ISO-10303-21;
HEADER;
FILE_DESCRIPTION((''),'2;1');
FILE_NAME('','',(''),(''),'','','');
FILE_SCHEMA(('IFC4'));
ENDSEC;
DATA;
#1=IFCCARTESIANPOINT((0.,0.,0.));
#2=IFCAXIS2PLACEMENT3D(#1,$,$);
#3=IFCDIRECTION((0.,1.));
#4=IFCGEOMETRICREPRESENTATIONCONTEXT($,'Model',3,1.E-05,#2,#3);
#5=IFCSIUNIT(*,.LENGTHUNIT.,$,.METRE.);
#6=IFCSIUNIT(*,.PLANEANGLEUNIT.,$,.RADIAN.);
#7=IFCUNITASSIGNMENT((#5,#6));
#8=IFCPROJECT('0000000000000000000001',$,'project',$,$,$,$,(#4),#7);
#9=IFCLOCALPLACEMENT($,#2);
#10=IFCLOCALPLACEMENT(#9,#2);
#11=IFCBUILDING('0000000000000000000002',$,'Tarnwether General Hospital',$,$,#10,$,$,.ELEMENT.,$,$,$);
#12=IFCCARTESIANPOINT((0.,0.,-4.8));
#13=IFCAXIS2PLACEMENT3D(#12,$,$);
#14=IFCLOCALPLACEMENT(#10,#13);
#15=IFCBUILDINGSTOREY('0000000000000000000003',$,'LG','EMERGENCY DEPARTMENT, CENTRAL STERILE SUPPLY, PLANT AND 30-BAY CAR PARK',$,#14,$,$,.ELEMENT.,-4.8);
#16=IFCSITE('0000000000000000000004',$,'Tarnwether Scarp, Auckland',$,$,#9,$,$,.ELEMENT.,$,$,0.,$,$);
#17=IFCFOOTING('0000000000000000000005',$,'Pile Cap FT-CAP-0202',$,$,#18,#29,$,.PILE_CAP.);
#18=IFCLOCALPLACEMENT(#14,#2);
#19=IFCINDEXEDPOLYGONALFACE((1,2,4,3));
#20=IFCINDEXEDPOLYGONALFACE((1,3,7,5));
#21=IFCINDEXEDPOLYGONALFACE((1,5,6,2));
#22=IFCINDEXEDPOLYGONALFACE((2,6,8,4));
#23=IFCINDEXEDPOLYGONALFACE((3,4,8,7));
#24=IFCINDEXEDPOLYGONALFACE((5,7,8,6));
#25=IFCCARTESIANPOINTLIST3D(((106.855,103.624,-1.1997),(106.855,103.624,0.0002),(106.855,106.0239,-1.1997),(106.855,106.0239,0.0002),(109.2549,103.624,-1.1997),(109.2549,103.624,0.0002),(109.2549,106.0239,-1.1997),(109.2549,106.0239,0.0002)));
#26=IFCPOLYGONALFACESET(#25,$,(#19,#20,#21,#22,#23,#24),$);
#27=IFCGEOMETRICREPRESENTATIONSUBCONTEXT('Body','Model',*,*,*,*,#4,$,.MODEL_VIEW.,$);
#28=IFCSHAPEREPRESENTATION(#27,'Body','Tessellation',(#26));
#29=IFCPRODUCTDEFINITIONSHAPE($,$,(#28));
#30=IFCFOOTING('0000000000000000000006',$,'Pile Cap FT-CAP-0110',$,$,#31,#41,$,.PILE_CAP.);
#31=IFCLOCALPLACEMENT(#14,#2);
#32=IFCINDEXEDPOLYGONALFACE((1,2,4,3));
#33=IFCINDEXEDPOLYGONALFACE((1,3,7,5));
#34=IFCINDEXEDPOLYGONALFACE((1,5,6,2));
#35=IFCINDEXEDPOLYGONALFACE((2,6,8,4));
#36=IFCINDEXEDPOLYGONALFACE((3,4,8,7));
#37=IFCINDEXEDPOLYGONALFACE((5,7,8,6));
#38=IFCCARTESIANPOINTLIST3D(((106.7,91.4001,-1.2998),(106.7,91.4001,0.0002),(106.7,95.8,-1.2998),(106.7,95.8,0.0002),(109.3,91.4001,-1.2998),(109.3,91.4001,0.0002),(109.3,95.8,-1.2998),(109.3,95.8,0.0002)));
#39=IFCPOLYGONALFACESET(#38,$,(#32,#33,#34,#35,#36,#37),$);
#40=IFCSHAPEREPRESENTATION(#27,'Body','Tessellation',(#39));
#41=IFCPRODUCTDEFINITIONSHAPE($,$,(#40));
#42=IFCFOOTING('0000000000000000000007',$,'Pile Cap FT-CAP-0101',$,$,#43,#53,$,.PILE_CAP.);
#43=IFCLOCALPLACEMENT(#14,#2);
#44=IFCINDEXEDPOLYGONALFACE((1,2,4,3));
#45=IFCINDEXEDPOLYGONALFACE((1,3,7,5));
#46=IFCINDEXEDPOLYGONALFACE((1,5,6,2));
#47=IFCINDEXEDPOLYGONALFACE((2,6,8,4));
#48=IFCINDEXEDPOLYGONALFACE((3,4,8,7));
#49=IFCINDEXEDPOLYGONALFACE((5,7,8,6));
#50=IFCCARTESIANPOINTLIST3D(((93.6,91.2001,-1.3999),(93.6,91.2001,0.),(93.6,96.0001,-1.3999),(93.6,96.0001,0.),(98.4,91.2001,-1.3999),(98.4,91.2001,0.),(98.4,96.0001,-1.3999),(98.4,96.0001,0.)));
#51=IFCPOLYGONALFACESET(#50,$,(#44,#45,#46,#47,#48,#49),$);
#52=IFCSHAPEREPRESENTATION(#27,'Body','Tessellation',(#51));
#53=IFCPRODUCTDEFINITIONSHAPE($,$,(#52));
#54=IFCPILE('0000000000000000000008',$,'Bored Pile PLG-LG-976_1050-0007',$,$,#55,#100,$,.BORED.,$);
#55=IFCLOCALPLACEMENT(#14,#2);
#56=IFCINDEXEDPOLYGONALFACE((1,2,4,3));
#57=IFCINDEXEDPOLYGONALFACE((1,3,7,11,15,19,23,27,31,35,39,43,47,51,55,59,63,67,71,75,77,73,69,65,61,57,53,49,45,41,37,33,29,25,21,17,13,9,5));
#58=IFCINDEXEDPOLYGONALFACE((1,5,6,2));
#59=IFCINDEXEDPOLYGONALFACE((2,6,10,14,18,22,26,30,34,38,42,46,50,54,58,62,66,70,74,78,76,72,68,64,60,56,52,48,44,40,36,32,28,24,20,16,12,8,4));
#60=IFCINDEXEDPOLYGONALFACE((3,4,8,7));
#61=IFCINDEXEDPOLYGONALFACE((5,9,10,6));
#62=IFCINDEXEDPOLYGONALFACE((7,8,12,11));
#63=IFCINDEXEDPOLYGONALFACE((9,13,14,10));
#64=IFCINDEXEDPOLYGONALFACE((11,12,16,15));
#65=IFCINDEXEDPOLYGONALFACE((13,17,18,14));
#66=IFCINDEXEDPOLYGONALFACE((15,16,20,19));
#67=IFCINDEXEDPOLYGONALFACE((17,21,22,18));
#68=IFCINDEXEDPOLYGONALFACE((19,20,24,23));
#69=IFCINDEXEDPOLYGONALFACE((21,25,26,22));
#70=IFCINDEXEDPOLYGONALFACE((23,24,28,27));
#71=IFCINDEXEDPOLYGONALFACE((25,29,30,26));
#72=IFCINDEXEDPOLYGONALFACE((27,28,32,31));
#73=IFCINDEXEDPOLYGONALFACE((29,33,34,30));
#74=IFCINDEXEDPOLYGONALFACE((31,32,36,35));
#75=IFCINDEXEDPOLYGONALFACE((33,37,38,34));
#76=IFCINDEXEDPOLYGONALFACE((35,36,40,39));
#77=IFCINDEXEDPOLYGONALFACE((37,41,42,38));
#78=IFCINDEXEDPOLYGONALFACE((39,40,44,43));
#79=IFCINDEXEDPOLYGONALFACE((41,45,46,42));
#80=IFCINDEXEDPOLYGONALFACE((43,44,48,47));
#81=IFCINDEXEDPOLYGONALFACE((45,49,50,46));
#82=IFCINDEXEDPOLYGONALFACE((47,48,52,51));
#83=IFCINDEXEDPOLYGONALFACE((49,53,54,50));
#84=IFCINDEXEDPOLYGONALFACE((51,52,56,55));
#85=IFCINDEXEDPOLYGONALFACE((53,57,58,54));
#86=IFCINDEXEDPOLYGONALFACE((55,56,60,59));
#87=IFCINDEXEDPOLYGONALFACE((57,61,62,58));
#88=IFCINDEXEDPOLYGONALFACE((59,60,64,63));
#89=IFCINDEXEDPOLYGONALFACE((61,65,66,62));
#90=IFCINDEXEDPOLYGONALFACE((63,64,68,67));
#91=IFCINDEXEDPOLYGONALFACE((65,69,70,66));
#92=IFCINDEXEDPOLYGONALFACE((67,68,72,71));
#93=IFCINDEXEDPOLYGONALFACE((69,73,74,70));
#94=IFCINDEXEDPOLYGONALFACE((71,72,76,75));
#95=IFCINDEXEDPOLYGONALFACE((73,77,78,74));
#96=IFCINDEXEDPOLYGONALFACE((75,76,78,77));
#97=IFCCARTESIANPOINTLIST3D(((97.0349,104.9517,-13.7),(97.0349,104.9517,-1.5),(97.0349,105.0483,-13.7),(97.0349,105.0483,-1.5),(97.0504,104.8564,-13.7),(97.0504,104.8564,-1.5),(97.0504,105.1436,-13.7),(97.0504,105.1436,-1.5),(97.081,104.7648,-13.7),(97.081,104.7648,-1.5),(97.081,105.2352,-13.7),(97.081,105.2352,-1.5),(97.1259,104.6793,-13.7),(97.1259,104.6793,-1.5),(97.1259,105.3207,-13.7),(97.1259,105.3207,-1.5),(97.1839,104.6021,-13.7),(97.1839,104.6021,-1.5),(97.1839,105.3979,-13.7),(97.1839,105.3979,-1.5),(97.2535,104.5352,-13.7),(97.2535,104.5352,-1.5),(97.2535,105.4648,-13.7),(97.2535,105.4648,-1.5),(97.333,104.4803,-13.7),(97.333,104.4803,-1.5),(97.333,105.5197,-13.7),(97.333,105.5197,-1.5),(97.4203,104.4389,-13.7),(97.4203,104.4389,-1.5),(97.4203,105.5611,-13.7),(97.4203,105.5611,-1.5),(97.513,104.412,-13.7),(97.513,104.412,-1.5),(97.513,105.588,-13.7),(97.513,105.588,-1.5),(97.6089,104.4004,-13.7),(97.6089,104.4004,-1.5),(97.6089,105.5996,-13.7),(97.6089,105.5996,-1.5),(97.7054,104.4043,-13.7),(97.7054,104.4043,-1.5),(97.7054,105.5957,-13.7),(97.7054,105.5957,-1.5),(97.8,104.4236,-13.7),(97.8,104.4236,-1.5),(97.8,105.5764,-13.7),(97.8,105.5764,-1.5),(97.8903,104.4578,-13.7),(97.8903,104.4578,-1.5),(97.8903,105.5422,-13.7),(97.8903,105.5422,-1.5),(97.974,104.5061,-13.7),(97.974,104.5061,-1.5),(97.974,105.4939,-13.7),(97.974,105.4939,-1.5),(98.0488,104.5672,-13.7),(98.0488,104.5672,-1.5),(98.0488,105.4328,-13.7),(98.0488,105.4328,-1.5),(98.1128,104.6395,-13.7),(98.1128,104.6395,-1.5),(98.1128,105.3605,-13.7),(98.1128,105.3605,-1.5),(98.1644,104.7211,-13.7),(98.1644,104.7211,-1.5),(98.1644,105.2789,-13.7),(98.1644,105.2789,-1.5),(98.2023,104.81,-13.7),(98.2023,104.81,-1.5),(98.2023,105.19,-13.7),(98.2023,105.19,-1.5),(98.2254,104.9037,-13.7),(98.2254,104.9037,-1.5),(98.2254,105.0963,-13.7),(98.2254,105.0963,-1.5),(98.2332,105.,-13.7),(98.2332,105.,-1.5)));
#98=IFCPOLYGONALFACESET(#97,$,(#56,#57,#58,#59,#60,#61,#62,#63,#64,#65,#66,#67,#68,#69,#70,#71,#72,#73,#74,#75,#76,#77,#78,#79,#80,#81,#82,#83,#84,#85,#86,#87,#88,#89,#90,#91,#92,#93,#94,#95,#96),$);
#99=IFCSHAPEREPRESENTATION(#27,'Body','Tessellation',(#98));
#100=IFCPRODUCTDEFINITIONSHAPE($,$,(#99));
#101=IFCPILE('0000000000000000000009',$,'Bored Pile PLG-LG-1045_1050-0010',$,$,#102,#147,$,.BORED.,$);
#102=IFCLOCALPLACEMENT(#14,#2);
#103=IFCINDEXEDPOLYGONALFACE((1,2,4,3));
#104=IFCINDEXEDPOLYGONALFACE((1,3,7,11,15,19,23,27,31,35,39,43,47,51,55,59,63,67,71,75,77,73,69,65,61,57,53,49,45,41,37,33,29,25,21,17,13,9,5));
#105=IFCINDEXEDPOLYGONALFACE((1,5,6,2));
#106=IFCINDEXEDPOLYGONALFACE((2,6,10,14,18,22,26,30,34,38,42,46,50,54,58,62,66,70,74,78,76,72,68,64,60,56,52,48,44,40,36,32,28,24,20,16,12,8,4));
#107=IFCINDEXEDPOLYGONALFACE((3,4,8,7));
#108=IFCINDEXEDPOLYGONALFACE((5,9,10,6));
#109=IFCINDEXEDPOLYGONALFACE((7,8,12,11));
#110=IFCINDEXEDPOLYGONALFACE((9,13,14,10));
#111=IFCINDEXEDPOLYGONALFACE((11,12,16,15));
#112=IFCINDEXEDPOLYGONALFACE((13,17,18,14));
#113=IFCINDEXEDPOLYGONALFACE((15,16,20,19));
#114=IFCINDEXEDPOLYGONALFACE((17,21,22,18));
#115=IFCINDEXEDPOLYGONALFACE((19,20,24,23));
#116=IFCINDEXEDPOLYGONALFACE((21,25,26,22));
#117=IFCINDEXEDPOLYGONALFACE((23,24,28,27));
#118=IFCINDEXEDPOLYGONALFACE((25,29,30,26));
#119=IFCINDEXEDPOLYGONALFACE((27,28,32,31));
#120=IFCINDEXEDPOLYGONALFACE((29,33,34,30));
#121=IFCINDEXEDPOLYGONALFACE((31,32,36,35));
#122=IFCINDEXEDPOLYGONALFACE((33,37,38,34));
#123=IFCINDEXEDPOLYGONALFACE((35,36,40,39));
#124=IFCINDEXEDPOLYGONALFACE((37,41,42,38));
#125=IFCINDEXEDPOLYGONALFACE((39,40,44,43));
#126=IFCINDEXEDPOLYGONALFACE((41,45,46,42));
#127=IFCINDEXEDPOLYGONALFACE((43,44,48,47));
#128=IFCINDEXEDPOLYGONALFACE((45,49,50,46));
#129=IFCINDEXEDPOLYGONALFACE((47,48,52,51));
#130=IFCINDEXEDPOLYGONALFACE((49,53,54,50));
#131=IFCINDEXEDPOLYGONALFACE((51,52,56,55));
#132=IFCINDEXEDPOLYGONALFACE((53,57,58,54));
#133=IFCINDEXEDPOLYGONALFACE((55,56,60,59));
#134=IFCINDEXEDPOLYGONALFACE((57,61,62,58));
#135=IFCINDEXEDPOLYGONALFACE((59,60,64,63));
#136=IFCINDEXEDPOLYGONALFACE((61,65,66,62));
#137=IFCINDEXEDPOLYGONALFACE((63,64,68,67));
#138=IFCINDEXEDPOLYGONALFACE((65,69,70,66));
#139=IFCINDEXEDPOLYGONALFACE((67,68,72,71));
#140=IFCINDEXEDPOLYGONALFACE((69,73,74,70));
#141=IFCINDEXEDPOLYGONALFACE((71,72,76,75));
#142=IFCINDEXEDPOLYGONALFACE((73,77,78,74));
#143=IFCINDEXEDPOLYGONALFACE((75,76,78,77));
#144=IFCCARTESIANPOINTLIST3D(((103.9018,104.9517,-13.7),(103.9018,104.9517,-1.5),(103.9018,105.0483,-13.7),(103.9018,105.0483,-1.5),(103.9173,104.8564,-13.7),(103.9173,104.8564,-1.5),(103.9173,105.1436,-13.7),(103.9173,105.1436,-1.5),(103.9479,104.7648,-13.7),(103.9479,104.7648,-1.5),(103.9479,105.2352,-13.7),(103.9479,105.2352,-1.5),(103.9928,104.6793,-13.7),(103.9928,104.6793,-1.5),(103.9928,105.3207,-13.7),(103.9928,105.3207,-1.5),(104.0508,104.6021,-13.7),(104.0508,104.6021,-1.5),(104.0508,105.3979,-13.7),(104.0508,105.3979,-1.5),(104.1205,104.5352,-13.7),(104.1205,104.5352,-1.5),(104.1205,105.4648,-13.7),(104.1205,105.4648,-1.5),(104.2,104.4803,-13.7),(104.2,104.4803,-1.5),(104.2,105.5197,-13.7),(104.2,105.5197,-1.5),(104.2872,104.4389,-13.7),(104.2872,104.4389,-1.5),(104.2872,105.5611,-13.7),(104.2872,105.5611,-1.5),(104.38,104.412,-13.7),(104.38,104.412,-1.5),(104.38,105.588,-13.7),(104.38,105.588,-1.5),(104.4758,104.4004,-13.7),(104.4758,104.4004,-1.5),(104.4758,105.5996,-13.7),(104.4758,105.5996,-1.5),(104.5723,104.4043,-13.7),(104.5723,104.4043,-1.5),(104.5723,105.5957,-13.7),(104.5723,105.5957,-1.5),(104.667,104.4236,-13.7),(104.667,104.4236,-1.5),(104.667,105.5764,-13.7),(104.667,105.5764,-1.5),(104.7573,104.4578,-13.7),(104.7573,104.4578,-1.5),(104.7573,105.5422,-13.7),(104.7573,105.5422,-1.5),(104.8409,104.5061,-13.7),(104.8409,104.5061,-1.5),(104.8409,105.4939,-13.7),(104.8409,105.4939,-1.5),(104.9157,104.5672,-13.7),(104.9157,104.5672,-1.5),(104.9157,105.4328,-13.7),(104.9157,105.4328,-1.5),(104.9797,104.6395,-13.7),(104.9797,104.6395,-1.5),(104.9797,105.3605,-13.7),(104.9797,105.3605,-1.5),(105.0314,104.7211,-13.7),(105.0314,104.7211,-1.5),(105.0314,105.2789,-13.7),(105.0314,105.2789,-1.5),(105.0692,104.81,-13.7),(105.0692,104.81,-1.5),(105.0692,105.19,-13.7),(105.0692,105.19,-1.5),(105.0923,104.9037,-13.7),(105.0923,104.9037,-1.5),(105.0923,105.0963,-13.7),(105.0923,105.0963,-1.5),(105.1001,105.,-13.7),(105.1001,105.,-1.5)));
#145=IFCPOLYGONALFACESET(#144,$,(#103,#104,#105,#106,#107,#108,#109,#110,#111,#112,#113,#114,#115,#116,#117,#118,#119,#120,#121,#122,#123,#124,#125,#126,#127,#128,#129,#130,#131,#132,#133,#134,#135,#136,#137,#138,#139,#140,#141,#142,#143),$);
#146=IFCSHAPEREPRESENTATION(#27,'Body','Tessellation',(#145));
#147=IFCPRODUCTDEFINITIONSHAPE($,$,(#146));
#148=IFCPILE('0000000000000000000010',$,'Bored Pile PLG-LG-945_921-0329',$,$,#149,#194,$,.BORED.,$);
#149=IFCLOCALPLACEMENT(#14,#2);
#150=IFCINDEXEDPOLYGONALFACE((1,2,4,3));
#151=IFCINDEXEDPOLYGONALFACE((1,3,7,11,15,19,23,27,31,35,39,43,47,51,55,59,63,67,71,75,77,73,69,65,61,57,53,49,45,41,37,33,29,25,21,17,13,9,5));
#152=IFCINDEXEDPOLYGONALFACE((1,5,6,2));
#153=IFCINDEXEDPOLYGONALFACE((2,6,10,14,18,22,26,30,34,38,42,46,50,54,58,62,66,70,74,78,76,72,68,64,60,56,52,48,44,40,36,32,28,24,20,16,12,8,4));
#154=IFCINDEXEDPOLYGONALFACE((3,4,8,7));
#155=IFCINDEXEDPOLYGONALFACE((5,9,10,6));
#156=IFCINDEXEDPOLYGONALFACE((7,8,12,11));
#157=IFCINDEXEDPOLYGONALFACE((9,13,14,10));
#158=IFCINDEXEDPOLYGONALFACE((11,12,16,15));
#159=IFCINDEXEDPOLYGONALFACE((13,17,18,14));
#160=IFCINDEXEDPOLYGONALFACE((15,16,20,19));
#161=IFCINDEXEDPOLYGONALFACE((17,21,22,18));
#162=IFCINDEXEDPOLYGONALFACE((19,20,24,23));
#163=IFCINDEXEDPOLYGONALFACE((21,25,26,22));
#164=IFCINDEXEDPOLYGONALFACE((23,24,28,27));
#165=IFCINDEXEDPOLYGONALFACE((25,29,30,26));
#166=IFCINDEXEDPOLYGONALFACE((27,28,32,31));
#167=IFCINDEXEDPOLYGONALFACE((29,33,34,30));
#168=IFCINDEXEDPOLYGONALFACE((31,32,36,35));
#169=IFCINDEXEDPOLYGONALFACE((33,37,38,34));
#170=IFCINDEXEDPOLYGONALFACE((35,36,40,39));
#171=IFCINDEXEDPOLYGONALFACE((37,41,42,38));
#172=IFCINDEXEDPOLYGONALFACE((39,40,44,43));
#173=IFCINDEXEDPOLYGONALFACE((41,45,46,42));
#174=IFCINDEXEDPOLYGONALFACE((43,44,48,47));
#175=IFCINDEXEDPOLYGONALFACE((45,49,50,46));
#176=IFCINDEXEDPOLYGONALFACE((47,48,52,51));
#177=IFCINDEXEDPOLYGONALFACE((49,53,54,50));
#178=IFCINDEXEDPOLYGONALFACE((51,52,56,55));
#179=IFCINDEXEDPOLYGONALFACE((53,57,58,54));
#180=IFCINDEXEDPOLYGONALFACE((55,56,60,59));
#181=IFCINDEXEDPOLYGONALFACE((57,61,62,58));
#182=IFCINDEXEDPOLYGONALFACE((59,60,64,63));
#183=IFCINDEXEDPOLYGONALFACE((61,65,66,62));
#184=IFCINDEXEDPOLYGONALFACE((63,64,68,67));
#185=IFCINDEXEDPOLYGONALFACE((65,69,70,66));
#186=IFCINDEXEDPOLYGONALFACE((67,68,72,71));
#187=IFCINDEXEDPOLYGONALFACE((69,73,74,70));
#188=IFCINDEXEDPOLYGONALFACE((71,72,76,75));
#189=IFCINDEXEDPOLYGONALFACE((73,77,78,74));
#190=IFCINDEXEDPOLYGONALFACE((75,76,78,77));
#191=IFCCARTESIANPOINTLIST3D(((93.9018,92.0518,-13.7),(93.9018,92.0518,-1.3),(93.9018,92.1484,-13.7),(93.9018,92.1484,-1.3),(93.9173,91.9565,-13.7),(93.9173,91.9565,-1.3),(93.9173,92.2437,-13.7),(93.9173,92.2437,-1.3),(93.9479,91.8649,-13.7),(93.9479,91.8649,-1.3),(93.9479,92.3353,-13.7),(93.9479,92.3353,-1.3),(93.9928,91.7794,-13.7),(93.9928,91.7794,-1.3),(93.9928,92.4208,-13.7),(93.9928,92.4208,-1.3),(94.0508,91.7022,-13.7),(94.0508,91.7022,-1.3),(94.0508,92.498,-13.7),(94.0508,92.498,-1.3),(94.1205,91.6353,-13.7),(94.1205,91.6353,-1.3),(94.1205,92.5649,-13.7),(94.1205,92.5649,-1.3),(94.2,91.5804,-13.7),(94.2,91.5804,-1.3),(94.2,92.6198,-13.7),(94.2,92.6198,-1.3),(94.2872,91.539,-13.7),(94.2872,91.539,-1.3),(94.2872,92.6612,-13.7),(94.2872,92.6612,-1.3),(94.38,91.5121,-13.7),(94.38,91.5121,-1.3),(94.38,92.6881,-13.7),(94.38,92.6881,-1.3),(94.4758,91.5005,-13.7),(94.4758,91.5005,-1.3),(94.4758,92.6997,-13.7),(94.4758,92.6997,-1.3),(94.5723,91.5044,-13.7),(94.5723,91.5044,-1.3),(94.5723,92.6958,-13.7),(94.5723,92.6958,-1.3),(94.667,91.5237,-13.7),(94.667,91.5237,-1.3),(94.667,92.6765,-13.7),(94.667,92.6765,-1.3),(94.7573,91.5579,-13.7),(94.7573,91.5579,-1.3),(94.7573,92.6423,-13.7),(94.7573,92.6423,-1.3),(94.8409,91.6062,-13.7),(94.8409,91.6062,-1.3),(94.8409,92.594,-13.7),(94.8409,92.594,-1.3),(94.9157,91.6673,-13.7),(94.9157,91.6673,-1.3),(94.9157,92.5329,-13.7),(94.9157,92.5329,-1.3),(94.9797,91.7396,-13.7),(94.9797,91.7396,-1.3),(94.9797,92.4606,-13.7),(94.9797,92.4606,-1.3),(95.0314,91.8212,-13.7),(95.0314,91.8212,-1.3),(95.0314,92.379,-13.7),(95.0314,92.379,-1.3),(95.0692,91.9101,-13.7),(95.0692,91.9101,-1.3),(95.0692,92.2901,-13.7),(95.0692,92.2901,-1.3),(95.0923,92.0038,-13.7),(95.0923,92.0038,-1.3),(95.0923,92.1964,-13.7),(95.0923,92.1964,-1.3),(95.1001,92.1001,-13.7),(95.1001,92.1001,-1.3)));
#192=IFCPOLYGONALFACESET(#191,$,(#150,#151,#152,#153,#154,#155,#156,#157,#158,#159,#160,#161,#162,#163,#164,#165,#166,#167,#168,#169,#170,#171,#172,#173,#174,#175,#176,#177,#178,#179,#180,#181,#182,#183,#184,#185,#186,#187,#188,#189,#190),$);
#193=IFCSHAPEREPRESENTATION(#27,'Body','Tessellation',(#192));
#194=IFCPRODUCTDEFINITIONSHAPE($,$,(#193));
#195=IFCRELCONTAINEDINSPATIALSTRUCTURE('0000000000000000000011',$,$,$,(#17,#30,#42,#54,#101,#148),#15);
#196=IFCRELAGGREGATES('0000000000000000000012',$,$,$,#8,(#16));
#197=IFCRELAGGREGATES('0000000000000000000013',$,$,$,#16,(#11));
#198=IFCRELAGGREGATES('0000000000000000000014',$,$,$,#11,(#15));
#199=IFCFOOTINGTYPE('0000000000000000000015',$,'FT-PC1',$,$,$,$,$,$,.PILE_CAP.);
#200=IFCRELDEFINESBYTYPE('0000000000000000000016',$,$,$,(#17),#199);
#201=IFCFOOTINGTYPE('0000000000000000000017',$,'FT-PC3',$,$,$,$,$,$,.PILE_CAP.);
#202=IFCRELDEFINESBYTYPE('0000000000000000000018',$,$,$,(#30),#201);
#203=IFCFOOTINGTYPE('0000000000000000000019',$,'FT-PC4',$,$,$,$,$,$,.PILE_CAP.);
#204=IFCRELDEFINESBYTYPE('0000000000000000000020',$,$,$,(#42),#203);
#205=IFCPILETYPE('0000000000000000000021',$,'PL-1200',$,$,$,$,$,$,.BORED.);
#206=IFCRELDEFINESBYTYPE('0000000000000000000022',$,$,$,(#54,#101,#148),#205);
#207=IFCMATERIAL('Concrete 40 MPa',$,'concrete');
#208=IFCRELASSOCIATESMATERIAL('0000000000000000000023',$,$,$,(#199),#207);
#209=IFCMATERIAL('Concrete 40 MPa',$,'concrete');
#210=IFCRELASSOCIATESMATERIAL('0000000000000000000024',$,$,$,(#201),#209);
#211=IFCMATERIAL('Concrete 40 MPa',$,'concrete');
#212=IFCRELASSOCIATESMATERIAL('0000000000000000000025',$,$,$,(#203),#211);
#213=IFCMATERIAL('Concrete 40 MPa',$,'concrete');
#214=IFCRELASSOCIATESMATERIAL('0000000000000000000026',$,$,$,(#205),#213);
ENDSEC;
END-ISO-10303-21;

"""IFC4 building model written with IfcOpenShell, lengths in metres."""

from ifc_helpers import new_model, si_unit, direction, frame, origin, origin_2d, place, context, subcontext, project, spatial, rectangle, circle, extrude, material, material_profile, profile_set, type_object, element, save


model = new_model("IFC4")

# Units and contexts
model_context = context("Model", 3, precision=1e-05, world=origin(), true_north=direction((0.0, 1.0)))
body_context = subcontext(model_context, "Body", "Model", "MODEL_VIEW")
ifc_project = project(units=[si_unit("LENGTHUNIT", "METRE"), si_unit("PLANEANGLEUNIT", "RADIAN")], contexts=[model_context])

# Site, building, storey
site_placement = place(None, origin())
site = spatial("IfcSite", under=ifc_project, at=site_placement, Name="Tarnwether Scarp, Auckland", CompositionType="ELEMENT", RefElevation=0.0)
building_placement = place(site_placement, origin())
building = spatial("IfcBuilding", under=site, at=building_placement, Name="Tarnwether General Hospital", CompositionType="ELEMENT")
storey_placement = place(building_placement, frame((0.0, 0.0, -4.8)))
storey = spatial("IfcBuildingStorey", under=building, at=storey_placement, Name="LG", Description="EMERGENCY DEPARTMENT, CENTRAL STERILE SUPPLY, PLANT AND 30-BAY CAR PARK", CompositionType="ELEMENT", Elevation=-4.8)

# Footings
ifc_material_1 = material(Name="Concrete 40 MPa", Category="concrete")
footing_type_1 = type_object("IfcFootingType", Name="FT-PC1", PredefinedType="PILE_CAP", material=ifc_material_1)
footing_1_placement = place(storey_placement, frame((108.0549, 104.824, -1.1997), z_axis=(0.0, 0.0, 1.0), x_axis=(1.0, 0.0, 0.0)))
element("IfcFooting", 1, at=footing_1_placement, inside=storey, type_object=footing_type_1, Name="Pile Cap FT-CAP-0202", PredefinedType="PILE_CAP", context=body_context, shape_type="SweptSolid", body=[
    extrude(rectangle(XDim=2.3999, YDim=2.3999, at=origin_2d()), origin(), (0.0, 0.0, 1.0), 1.2),
])
ifc_material_2 = material(Name="Concrete 40 MPa", Category="concrete")
footing_type_2 = type_object("IfcFootingType", Name="FT-PC3", PredefinedType="PILE_CAP", material=ifc_material_2)
footing_2_placement = place(storey_placement, frame((108.0, 93.6001, -1.2998), z_axis=(0.0, 0.0, 1.0), x_axis=(0.0, 1.0, 0.0)))
element("IfcFooting", 2, at=footing_2_placement, inside=storey, type_object=footing_type_2, Name="Pile Cap FT-CAP-0110", PredefinedType="PILE_CAP", context=body_context, shape_type="SweptSolid", body=[
    extrude(rectangle(XDim=4.3999, YDim=2.6001, at=origin_2d()), origin(), (0.0, 0.0, 1.0), 1.3),
])
ifc_material_3 = material(Name="Concrete 40 MPa", Category="concrete")
footing_type_3 = type_object("IfcFootingType", Name="FT-PC4", PredefinedType="PILE_CAP", material=ifc_material_3)
footing_3_placement = place(storey_placement, frame((96.0, 93.6001, -1.3999), z_axis=(0.0, 0.0, 1.0), x_axis=(1.0, 0.0, 0.0)))
element("IfcFooting", 3, at=footing_3_placement, inside=storey, type_object=footing_type_3, Name="Pile Cap FT-CAP-0101", PredefinedType="PILE_CAP", context=body_context, shape_type="SweptSolid", body=[
    extrude(rectangle(XDim=4.8, YDim=4.8, at=origin_2d()), origin(), (0.0, 0.0, 1.0), 1.3999),
])

# Piles
ifc_material_4 = material(Name="Concrete 40 MPa", Category="concrete")
ifc_material_profile_1 = material_profile(ifc_material_4, circle(Radius=0.6001, at=origin_2d()), Name="PILE-D1200")
ifc_profile_set_1 = profile_set([ifc_material_profile_1], Name="Concrete 40 MPa")
pile_type_1 = type_object("IfcPileType", Name="PL-1200", PredefinedType="BORED", material=ifc_profile_set_1)
for number, where, z_axis, x_axis, name in (
    (4, (97.6331, 105.0, -1.5), (0.0, 0.0, -1.0), (1.0, 0.0, 0.0), "Bored Pile PLG-LG-976_1050-0007"),
    (5, (104.5, 105.0, -1.5), (0.0, 0.0, -1.0), (1.0, 0.0, 0.0), "Bored Pile PLG-LG-1045_1050-0010"),
):
    element("IfcPile", number, at=place(storey_placement, frame(where, z_axis=z_axis, x_axis=x_axis)), inside=storey, type_object=pile_type_1, Name=name, PredefinedType="BORED", context=body_context, shape_type="SweptSolid", body=[
        extrude(circle(Radius=0.6001, at=origin_2d()), origin(), (0.0, 0.0, 1.0), 12.2),
    ])
for number, where, z_axis, x_axis, name in (
    (6, (94.5, 92.1001, -1.3), (0.0, 0.0, -1.0), (1.0, 0.0, 0.0), "Bored Pile PLG-LG-945_921-0329"),
):
    element("IfcPile", number, at=place(storey_placement, frame(where, z_axis=z_axis, x_axis=x_axis)), inside=storey, type_object=pile_type_1, Name=name, PredefinedType="BORED", context=body_context, shape_type="SweptSolid", body=[
        extrude(circle(Radius=0.6001, at=origin_2d()), origin(), (0.0, 0.0, 1.0), 12.3999),
    ])

save(model, "model.ifc")
